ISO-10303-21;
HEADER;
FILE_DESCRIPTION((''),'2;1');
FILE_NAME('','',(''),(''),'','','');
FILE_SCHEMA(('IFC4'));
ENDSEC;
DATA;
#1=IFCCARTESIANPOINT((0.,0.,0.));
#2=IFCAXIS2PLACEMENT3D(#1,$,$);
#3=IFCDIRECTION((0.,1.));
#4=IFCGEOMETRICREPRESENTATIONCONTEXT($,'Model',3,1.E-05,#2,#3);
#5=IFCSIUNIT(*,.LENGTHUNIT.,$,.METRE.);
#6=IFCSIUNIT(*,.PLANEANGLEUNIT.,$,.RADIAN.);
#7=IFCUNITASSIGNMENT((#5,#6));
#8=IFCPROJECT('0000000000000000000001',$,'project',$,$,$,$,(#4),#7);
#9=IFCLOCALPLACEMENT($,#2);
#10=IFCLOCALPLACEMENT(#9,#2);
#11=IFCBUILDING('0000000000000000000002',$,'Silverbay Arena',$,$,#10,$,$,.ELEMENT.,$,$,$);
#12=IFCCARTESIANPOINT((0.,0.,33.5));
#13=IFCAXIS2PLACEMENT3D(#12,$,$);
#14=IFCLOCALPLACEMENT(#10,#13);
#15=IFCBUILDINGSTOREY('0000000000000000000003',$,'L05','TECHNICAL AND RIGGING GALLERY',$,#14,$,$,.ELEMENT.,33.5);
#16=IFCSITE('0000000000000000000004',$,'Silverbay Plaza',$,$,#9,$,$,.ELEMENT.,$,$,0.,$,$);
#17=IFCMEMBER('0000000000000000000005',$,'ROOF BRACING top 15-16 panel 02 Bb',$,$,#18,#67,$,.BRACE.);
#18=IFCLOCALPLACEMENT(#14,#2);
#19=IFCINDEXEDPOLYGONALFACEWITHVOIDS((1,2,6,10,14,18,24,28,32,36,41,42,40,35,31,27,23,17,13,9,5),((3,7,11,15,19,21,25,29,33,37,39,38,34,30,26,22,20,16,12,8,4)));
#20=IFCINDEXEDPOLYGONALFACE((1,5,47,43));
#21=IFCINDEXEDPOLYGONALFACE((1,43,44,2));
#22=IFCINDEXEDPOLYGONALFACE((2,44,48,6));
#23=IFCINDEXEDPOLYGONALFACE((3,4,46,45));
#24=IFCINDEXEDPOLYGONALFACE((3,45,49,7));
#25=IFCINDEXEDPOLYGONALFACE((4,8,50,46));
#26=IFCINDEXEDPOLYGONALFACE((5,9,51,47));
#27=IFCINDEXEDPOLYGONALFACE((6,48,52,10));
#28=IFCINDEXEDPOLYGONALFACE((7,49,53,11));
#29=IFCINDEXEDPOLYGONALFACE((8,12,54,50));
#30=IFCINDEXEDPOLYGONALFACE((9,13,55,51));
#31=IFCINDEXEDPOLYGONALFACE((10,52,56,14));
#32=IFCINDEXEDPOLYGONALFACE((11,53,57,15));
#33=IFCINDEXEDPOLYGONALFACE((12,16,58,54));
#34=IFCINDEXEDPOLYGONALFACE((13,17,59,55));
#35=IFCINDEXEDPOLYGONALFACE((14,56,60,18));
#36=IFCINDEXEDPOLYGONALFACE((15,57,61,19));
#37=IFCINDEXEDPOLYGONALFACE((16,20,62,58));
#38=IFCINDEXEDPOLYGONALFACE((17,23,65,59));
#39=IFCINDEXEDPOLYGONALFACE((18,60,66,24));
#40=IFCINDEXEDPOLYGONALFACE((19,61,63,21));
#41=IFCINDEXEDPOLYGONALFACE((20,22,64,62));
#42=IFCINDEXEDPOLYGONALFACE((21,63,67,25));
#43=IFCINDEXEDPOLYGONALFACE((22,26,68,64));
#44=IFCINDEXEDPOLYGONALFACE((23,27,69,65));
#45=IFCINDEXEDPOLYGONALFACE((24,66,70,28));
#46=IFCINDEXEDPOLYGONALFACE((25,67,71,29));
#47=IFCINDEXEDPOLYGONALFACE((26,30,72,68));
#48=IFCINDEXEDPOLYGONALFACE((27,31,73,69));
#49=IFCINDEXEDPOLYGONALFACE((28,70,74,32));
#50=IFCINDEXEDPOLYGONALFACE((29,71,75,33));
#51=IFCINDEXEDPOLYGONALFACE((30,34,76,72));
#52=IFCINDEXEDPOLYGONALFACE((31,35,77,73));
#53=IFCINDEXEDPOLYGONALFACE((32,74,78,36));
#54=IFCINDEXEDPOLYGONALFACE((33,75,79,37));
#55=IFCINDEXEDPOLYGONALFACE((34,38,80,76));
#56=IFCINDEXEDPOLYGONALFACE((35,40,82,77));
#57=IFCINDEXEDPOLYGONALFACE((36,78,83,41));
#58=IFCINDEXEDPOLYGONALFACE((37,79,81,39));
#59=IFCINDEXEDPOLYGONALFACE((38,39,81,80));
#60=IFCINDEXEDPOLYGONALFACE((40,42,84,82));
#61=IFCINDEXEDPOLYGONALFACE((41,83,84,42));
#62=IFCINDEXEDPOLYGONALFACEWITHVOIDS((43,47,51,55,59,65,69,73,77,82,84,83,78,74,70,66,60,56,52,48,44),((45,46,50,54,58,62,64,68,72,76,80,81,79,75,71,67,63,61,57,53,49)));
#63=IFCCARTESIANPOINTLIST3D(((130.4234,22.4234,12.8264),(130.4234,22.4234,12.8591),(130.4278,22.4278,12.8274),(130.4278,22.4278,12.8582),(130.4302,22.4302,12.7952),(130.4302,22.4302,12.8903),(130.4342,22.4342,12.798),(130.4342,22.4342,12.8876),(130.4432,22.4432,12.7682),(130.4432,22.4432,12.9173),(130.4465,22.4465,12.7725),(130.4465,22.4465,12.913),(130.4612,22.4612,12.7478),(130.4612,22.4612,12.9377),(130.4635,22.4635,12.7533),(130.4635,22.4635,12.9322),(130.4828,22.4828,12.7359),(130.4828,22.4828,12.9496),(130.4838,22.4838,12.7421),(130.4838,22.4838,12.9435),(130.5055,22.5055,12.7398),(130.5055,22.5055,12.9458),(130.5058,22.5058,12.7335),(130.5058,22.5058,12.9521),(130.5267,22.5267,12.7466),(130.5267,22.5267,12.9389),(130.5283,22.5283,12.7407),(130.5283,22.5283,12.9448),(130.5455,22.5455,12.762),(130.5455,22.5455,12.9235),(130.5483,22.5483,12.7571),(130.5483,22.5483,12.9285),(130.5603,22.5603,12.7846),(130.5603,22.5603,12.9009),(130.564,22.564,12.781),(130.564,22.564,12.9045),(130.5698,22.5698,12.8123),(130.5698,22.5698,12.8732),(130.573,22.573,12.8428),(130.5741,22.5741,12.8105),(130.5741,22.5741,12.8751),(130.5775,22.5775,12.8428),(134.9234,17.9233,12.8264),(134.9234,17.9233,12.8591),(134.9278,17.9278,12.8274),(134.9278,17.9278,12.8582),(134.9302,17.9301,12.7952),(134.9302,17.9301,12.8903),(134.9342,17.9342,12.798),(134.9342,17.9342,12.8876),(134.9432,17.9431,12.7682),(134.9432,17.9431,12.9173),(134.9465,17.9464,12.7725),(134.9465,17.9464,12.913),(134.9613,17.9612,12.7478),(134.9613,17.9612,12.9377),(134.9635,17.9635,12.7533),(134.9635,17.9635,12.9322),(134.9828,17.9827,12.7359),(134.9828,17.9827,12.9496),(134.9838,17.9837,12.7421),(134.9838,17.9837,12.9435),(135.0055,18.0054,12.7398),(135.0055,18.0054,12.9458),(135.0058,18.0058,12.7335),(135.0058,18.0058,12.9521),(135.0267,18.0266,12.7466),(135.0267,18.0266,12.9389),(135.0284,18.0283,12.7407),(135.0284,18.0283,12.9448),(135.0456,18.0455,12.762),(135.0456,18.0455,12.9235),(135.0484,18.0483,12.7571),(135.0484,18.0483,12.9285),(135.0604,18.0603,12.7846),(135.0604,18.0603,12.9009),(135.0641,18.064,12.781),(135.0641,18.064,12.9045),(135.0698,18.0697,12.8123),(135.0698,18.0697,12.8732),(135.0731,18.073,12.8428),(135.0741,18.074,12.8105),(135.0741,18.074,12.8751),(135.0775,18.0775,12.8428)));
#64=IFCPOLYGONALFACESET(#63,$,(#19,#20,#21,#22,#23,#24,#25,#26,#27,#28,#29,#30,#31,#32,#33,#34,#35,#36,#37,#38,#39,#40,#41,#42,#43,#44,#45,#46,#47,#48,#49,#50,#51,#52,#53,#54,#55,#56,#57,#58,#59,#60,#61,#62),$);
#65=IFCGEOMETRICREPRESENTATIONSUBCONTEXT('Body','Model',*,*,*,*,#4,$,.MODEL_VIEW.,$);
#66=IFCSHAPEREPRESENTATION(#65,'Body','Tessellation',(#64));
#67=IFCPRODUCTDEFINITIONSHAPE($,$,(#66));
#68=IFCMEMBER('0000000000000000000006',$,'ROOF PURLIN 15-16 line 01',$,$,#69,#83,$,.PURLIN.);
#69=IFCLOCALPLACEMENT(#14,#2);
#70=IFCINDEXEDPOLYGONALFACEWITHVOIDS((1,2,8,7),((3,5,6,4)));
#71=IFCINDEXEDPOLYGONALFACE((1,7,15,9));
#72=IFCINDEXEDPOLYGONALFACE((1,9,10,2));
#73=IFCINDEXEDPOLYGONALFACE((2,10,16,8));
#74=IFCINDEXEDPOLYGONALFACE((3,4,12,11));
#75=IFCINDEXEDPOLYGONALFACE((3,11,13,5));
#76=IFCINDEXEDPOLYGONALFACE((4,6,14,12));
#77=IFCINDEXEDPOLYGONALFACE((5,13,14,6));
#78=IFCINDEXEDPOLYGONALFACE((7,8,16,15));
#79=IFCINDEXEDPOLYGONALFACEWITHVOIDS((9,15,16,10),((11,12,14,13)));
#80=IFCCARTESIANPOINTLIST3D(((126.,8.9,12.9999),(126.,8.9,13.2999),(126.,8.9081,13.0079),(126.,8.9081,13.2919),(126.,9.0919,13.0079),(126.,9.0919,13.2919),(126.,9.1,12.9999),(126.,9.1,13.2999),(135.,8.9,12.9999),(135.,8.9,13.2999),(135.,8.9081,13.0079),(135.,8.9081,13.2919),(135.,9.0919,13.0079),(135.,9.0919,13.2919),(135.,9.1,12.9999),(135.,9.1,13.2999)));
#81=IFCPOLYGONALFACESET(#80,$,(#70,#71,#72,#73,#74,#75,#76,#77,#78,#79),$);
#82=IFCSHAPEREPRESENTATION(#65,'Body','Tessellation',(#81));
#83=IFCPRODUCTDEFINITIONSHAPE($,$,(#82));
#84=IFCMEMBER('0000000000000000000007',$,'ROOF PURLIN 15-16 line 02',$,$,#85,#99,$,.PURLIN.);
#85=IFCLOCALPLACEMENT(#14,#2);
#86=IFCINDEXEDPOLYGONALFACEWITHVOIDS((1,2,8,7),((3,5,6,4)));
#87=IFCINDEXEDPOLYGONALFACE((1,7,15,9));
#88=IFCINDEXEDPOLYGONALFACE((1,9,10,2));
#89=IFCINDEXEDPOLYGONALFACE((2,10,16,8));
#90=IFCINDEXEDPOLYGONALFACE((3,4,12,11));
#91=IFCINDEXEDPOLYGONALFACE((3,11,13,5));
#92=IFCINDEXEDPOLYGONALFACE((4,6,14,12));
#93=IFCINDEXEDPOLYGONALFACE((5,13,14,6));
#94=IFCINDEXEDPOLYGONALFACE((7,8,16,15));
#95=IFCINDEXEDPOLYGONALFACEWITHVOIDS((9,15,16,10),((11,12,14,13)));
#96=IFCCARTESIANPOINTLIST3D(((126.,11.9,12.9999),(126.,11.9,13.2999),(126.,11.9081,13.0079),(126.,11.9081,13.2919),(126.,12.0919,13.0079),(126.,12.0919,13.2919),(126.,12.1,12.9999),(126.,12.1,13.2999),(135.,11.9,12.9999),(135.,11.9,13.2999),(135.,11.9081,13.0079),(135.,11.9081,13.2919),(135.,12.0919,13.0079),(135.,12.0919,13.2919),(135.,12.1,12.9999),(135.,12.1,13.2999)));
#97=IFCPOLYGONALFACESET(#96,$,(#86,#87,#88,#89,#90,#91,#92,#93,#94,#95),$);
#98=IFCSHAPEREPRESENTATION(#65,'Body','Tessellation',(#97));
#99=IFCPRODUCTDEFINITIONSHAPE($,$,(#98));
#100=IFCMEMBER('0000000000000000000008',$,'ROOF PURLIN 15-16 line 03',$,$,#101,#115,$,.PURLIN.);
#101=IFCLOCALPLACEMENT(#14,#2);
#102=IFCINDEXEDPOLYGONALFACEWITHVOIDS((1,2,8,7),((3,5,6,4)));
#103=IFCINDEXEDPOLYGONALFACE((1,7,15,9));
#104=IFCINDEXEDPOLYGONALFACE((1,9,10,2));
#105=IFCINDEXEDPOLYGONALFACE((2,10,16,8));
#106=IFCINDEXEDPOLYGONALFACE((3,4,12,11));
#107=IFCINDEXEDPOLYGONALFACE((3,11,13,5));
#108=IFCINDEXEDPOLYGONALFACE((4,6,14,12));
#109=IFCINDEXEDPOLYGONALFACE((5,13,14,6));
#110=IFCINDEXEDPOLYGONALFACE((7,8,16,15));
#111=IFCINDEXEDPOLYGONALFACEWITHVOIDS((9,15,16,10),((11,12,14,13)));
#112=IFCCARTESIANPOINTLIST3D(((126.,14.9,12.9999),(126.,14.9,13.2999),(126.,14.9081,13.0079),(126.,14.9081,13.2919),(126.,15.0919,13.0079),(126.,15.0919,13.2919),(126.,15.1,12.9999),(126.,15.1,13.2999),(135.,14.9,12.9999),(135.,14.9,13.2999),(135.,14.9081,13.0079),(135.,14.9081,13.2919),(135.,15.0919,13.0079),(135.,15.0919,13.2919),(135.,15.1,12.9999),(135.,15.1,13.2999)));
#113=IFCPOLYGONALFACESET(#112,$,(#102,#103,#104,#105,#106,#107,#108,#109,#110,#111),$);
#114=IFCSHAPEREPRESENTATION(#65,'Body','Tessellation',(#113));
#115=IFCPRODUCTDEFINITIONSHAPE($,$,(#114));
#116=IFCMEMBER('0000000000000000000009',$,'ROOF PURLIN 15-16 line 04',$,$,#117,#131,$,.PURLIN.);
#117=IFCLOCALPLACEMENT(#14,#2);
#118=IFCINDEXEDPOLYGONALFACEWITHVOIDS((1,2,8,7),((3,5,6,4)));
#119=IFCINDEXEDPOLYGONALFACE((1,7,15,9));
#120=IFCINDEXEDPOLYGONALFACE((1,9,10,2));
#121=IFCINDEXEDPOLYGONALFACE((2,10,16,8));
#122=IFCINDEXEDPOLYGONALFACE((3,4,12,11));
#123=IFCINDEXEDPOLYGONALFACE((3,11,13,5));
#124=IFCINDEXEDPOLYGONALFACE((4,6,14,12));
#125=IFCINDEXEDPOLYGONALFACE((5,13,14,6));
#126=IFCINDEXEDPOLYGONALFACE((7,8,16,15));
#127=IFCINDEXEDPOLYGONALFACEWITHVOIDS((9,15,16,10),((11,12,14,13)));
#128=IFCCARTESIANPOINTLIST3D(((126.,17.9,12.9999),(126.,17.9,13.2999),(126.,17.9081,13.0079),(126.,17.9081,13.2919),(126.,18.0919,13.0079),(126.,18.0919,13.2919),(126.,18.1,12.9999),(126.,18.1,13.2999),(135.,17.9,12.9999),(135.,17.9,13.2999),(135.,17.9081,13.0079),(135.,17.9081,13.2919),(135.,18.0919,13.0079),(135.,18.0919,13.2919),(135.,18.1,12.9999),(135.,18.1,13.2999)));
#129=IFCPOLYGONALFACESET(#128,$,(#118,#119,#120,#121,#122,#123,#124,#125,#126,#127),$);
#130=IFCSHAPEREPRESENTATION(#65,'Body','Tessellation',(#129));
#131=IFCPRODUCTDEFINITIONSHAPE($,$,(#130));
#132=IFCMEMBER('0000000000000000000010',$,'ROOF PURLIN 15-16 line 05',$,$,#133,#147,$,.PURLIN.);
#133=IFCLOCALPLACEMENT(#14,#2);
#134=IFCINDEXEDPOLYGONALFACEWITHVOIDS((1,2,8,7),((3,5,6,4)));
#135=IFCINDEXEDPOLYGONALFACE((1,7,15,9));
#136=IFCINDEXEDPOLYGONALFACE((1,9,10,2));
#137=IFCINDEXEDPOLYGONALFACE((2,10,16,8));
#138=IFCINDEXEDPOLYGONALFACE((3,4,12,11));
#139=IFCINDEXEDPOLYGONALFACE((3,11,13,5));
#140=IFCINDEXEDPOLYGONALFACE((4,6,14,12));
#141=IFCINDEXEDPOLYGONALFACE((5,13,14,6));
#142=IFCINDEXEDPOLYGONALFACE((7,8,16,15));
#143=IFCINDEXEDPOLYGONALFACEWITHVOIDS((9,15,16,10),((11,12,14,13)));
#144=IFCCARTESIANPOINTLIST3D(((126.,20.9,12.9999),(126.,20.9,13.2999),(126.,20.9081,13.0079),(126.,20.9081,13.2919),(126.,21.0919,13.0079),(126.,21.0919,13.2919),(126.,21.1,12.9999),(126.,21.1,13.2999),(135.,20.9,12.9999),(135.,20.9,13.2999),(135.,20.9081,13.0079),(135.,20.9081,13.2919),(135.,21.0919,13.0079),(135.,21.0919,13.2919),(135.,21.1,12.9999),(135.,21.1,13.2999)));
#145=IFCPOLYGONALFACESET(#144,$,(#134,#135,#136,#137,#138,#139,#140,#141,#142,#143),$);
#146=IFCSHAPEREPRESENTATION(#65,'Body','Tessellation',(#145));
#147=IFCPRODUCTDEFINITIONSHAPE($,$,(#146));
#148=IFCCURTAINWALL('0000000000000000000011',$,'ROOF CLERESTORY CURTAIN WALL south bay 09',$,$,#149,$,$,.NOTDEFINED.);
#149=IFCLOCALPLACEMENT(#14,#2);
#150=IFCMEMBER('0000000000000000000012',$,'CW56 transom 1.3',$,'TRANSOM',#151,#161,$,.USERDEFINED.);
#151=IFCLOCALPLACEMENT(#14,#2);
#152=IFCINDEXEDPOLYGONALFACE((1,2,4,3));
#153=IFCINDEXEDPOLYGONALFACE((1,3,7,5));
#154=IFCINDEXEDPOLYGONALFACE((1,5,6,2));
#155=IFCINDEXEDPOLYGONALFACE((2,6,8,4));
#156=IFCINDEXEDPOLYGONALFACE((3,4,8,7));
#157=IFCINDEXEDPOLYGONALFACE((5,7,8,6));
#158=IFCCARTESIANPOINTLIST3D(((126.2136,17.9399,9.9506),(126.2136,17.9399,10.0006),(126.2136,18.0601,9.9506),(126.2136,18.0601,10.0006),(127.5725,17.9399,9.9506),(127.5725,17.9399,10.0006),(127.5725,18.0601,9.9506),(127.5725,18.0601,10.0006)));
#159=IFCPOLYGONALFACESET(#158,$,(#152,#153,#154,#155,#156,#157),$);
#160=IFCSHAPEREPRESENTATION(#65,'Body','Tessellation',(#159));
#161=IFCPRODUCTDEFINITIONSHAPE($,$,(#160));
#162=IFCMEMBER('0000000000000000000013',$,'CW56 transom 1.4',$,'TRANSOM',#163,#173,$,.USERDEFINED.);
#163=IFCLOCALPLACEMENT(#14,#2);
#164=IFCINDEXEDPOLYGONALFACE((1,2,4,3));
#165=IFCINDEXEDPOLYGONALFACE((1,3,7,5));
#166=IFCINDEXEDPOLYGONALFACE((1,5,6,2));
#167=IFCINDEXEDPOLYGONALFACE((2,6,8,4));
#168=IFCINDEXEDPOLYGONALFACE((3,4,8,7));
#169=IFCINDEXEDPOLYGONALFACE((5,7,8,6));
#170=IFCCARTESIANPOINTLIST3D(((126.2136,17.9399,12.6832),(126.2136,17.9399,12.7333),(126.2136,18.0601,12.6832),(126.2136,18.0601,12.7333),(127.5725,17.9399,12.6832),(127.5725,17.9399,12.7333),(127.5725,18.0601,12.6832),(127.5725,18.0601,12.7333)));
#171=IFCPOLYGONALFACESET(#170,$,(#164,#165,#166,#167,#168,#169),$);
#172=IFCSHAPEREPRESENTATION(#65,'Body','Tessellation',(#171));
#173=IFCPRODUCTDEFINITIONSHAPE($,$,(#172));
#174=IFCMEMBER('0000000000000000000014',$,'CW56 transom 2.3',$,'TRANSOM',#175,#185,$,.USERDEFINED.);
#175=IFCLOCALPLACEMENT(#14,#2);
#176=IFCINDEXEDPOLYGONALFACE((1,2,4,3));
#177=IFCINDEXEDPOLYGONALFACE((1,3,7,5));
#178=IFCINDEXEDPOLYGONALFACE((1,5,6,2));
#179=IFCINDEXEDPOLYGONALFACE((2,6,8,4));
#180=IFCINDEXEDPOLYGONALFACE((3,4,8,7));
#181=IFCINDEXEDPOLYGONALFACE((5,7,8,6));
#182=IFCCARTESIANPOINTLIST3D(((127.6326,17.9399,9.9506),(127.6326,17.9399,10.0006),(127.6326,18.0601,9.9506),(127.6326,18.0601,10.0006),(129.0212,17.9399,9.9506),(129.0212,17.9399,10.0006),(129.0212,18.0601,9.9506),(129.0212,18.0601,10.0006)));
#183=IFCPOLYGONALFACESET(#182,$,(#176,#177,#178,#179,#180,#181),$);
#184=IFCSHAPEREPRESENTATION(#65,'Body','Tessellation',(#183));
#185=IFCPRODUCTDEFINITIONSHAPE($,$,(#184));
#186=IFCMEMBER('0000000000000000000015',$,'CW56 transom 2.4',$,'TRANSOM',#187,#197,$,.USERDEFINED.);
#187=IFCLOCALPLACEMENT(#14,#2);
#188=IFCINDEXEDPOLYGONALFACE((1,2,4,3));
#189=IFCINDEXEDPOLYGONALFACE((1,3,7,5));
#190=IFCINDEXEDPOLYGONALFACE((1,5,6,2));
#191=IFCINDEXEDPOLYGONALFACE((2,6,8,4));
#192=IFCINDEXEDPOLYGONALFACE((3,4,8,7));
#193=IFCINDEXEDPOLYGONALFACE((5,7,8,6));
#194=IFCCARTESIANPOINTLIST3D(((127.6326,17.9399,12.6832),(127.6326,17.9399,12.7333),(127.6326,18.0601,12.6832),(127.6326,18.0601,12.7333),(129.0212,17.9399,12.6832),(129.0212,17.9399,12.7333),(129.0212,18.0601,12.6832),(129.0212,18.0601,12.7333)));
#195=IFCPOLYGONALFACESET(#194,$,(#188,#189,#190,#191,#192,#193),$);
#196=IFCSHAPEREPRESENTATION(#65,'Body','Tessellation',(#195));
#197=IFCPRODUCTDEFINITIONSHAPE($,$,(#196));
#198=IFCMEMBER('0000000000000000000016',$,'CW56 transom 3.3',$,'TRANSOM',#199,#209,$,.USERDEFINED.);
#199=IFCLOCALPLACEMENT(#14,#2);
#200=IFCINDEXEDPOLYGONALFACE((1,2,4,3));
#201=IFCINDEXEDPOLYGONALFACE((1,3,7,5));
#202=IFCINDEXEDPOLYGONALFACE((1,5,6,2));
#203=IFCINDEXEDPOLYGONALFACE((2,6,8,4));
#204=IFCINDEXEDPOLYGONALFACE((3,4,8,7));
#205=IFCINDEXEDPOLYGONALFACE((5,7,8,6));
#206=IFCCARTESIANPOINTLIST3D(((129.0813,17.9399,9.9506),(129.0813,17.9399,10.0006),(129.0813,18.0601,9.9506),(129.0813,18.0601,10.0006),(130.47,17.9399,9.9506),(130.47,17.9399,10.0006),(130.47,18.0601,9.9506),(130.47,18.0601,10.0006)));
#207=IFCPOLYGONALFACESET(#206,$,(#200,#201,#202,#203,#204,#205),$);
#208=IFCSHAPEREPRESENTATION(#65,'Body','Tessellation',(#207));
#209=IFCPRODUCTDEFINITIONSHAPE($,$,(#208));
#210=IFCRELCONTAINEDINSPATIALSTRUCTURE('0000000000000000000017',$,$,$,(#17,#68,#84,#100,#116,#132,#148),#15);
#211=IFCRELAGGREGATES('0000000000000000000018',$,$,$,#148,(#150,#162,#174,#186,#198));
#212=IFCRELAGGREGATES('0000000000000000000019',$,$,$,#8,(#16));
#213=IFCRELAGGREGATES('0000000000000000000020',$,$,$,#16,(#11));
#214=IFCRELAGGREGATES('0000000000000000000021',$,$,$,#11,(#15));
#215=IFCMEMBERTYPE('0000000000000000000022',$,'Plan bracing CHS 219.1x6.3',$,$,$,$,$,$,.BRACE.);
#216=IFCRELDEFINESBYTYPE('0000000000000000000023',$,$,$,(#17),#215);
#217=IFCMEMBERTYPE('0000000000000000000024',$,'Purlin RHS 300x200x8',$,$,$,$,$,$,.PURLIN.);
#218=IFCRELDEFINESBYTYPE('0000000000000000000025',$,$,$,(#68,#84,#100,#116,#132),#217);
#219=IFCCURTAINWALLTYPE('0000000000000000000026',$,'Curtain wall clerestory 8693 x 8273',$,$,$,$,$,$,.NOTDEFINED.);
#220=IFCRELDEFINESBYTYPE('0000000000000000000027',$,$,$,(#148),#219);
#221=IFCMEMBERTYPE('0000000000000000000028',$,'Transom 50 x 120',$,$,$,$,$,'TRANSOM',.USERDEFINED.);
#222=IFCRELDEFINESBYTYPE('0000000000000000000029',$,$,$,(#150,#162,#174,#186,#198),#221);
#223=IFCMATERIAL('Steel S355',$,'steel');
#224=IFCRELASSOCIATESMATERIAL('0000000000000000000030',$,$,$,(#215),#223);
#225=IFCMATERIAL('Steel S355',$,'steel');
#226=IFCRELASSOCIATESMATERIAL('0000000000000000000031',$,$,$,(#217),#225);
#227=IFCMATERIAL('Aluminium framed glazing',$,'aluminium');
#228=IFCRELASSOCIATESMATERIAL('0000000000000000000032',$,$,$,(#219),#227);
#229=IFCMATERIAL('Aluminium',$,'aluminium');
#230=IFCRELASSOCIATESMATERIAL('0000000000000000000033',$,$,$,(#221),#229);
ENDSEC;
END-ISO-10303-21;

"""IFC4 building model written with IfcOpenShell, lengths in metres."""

from ifc_helpers import new_model, si_unit, direction, frame, origin, origin_2d, place, context, subcontext, project, spatial, rectangle, hollow_rectangle, hollow_circle, extrude, material, material_profile, profile_set, type_object, element, aggregate, save


model = new_model("IFC4")

# Units and contexts
model_context = context("Model", 3, precision=1e-05, world=origin(), true_north=direction((0.0, 1.0)))
body_context = subcontext(model_context, "Body", "Model", "MODEL_VIEW")
ifc_project = project(units=[si_unit("LENGTHUNIT", "METRE"), si_unit("PLANEANGLEUNIT", "RADIAN")], contexts=[model_context])

# Site, building, storey
site_placement = place(None, origin())
site = spatial("IfcSite", under=ifc_project, at=site_placement, Name="Silverbay Plaza", CompositionType="ELEMENT", RefElevation=0.0)
building_placement = place(site_placement, origin())
building = spatial("IfcBuilding", under=site, at=building_placement, Name="Silverbay Arena", CompositionType="ELEMENT")
storey_placement = place(building_placement, frame((0.0, 0.0, 33.5)))
storey = spatial("IfcBuildingStorey", under=building, at=storey_placement, Name="L05", Description="TECHNICAL AND RIGGING GALLERY", CompositionType="ELEMENT", Elevation=33.5)

# Members
ifc_material_1 = material(Name="Steel S355", Category="steel")
ifc_material_profile_1 = material_profile(ifc_material_1, hollow_circle(Radius=0.1096, WallThickness=0.0063, at=origin_2d()), Name="CHS 219.1x6.3")
ifc_profile_set_1 = profile_set([ifc_material_profile_1], Name="Steel S355")
member_type_1 = type_object("IfcMemberType", Name="Plan bracing CHS 219.1x6.3", PredefinedType="BRACE", material=ifc_profile_set_1)
for number, where, z_axis, x_axis, name in (
    (1, (130.5, 22.5, 12.8428), (0.707107, -0.707107, 0.0), (0.707107, 0.707107, 0.0), "ROOF BRACING top 15-16 panel 02 Bb"),
):
    element("IfcMember", number, at=place(storey_placement, frame(where, z_axis=z_axis, x_axis=x_axis)), inside=storey, type_object=member_type_1, Name=name, PredefinedType="BRACE", context=body_context, shape_type="SweptSolid", body=[
        extrude(hollow_circle(Radius=0.1096, WallThickness=0.0063, at=origin_2d()), origin(), (0.0, 0.0, 1.0), 6.364),
    ])
ifc_material_2 = material(Name="Steel S355", Category="steel")
ifc_material_profile_2 = material_profile(ifc_material_2, hollow_rectangle(XDim=0.2, YDim=0.3, WallThickness=0.0081, at=origin_2d()), Name="RHS 300x200x8")
ifc_profile_set_2 = profile_set([ifc_material_profile_2], Name="Steel S355")
member_type_2 = type_object("IfcMemberType", Name="Purlin RHS 300x200x8", PredefinedType="PURLIN", material=ifc_profile_set_2)
for number, where, z_axis, x_axis, name in (
    (2, (126.0, 9.0, 13.1499), (1.0, 0.0, 0.0), (0.0, 1.0, 0.0), "ROOF PURLIN 15-16 line 01"),
    (3, (126.0, 12.0, 13.1499), (1.0, 0.0, 0.0), (0.0, 1.0, 0.0), "ROOF PURLIN 15-16 line 02"),
    (4, (126.0, 15.0, 13.1499), (1.0, 0.0, 0.0), (0.0, 1.0, 0.0), "ROOF PURLIN 15-16 line 03"),
    (5, (126.0, 18.0, 13.1499), (1.0, 0.0, 0.0), (0.0, 1.0, 0.0), "ROOF PURLIN 15-16 line 04"),
    (6, (126.0, 21.0, 13.1499), (1.0, 0.0, 0.0), (0.0, 1.0, 0.0), "ROOF PURLIN 15-16 line 05"),
):
    element("IfcMember", number, at=place(storey_placement, frame(where, z_axis=z_axis, x_axis=x_axis)), inside=storey, type_object=member_type_2, Name=name, PredefinedType="PURLIN", context=body_context, shape_type="SweptSolid", body=[
        extrude(hollow_rectangle(XDim=0.2, YDim=0.3, WallThickness=0.0081, at=origin_2d()), origin(), (0.0, 0.0, 1.0), 9.0),
    ])

# Curtain wall, members
ifc_material_3 = material(Name="Aluminium framed glazing", Category="aluminium")
curtain_wall_type = type_object("IfcCurtainWallType", Name="Curtain wall clerestory 8693 x 8273", PredefinedType="NOTDEFINED", material=ifc_material_3)
curtain_wall_placement = place(storey_placement, origin())
curtain_wall = element("IfcCurtainWall", 7, at=curtain_wall_placement, inside=storey, type_object=curtain_wall_type, Name="ROOF CLERESTORY CURTAIN WALL south bay 09", PredefinedType="NOTDEFINED")
ifc_material_4 = material(Name="Aluminium", Category="aluminium")
ifc_material_profile_3 = material_profile(ifc_material_4, rectangle(XDim=0.1201, YDim=0.05, at=origin_2d()), Name="Transom 50 x 120")
ifc_profile_set_3 = profile_set([ifc_material_profile_3], Name="Aluminium")
member_type_3 = type_object("IfcMemberType", Name="Transom 50 x 120", ElementType="TRANSOM", PredefinedType="USERDEFINED", material=ifc_profile_set_3)
member_1_placement = place(storey_placement, frame((126.2136, 18.0, 9.9756), z_axis=(1.0, 0.0, 0.0), x_axis=(0.0, 1.0, 0.0)))
member_1 = element("IfcMember", 8, at=member_1_placement, type_object=member_type_3, Name="CW56 transom 1.3", ObjectType="TRANSOM", PredefinedType="USERDEFINED", context=body_context, shape_type="SweptSolid", body=[
    extrude(rectangle(XDim=0.1201, YDim=0.05, at=origin_2d()), origin(), (0.0, 0.0, 1.0), 1.3589),
])
member_2_placement = place(storey_placement, frame((126.2136, 18.0, 12.7083), z_axis=(1.0, 0.0, 0.0), x_axis=(0.0, 1.0, 0.0)))
member_2 = element("IfcMember", 9, at=member_2_placement, type_object=member_type_3, Name="CW56 transom 1.4", ObjectType="TRANSOM", PredefinedType="USERDEFINED", context=body_context, shape_type="SweptSolid", body=[
    extrude(rectangle(XDim=0.1201, YDim=0.05, at=origin_2d()), origin(), (0.0, 0.0, 1.0), 1.3589),
])
member_3_placement = place(storey_placement, frame((127.6326, 18.0, 9.9756), z_axis=(1.0, 0.0, 0.0), x_axis=(0.0, 1.0, 0.0)))
member_3 = element("IfcMember", 10, at=member_3_placement, type_object=member_type_3, Name="CW56 transom 2.3", ObjectType="TRANSOM", PredefinedType="USERDEFINED", context=body_context, shape_type="SweptSolid", body=[
    extrude(rectangle(XDim=0.1201, YDim=0.05, at=origin_2d()), origin(), (0.0, 0.0, 1.0), 1.3887),
])
member_4_placement = place(storey_placement, frame((127.6326, 18.0, 12.7083), z_axis=(1.0, 0.0, 0.0), x_axis=(0.0, 1.0, 0.0)))
member_4 = element("IfcMember", 11, at=member_4_placement, type_object=member_type_3, Name="CW56 transom 2.4", ObjectType="TRANSOM", PredefinedType="USERDEFINED", context=body_context, shape_type="SweptSolid", body=[
    extrude(rectangle(XDim=0.1201, YDim=0.05, at=origin_2d()), origin(), (0.0, 0.0, 1.0), 1.3887),
])
member_5_placement = place(storey_placement, frame((129.0813, 18.0, 9.9756), z_axis=(1.0, 0.0, 0.0), x_axis=(0.0, 1.0, 0.0)))
member_5 = element("IfcMember", 12, at=member_5_placement, type_object=member_type_3, Name="CW56 transom 3.3", ObjectType="TRANSOM", PredefinedType="USERDEFINED", context=body_context, shape_type="SweptSolid", body=[
    extrude(rectangle(XDim=0.1201, YDim=0.05, at=origin_2d()), origin(), (0.0, 0.0, 1.0), 1.3887),
])
aggregate(curtain_wall, [member_1, member_2, member_3, member_4, member_5])

save(model, "model.ifc")
